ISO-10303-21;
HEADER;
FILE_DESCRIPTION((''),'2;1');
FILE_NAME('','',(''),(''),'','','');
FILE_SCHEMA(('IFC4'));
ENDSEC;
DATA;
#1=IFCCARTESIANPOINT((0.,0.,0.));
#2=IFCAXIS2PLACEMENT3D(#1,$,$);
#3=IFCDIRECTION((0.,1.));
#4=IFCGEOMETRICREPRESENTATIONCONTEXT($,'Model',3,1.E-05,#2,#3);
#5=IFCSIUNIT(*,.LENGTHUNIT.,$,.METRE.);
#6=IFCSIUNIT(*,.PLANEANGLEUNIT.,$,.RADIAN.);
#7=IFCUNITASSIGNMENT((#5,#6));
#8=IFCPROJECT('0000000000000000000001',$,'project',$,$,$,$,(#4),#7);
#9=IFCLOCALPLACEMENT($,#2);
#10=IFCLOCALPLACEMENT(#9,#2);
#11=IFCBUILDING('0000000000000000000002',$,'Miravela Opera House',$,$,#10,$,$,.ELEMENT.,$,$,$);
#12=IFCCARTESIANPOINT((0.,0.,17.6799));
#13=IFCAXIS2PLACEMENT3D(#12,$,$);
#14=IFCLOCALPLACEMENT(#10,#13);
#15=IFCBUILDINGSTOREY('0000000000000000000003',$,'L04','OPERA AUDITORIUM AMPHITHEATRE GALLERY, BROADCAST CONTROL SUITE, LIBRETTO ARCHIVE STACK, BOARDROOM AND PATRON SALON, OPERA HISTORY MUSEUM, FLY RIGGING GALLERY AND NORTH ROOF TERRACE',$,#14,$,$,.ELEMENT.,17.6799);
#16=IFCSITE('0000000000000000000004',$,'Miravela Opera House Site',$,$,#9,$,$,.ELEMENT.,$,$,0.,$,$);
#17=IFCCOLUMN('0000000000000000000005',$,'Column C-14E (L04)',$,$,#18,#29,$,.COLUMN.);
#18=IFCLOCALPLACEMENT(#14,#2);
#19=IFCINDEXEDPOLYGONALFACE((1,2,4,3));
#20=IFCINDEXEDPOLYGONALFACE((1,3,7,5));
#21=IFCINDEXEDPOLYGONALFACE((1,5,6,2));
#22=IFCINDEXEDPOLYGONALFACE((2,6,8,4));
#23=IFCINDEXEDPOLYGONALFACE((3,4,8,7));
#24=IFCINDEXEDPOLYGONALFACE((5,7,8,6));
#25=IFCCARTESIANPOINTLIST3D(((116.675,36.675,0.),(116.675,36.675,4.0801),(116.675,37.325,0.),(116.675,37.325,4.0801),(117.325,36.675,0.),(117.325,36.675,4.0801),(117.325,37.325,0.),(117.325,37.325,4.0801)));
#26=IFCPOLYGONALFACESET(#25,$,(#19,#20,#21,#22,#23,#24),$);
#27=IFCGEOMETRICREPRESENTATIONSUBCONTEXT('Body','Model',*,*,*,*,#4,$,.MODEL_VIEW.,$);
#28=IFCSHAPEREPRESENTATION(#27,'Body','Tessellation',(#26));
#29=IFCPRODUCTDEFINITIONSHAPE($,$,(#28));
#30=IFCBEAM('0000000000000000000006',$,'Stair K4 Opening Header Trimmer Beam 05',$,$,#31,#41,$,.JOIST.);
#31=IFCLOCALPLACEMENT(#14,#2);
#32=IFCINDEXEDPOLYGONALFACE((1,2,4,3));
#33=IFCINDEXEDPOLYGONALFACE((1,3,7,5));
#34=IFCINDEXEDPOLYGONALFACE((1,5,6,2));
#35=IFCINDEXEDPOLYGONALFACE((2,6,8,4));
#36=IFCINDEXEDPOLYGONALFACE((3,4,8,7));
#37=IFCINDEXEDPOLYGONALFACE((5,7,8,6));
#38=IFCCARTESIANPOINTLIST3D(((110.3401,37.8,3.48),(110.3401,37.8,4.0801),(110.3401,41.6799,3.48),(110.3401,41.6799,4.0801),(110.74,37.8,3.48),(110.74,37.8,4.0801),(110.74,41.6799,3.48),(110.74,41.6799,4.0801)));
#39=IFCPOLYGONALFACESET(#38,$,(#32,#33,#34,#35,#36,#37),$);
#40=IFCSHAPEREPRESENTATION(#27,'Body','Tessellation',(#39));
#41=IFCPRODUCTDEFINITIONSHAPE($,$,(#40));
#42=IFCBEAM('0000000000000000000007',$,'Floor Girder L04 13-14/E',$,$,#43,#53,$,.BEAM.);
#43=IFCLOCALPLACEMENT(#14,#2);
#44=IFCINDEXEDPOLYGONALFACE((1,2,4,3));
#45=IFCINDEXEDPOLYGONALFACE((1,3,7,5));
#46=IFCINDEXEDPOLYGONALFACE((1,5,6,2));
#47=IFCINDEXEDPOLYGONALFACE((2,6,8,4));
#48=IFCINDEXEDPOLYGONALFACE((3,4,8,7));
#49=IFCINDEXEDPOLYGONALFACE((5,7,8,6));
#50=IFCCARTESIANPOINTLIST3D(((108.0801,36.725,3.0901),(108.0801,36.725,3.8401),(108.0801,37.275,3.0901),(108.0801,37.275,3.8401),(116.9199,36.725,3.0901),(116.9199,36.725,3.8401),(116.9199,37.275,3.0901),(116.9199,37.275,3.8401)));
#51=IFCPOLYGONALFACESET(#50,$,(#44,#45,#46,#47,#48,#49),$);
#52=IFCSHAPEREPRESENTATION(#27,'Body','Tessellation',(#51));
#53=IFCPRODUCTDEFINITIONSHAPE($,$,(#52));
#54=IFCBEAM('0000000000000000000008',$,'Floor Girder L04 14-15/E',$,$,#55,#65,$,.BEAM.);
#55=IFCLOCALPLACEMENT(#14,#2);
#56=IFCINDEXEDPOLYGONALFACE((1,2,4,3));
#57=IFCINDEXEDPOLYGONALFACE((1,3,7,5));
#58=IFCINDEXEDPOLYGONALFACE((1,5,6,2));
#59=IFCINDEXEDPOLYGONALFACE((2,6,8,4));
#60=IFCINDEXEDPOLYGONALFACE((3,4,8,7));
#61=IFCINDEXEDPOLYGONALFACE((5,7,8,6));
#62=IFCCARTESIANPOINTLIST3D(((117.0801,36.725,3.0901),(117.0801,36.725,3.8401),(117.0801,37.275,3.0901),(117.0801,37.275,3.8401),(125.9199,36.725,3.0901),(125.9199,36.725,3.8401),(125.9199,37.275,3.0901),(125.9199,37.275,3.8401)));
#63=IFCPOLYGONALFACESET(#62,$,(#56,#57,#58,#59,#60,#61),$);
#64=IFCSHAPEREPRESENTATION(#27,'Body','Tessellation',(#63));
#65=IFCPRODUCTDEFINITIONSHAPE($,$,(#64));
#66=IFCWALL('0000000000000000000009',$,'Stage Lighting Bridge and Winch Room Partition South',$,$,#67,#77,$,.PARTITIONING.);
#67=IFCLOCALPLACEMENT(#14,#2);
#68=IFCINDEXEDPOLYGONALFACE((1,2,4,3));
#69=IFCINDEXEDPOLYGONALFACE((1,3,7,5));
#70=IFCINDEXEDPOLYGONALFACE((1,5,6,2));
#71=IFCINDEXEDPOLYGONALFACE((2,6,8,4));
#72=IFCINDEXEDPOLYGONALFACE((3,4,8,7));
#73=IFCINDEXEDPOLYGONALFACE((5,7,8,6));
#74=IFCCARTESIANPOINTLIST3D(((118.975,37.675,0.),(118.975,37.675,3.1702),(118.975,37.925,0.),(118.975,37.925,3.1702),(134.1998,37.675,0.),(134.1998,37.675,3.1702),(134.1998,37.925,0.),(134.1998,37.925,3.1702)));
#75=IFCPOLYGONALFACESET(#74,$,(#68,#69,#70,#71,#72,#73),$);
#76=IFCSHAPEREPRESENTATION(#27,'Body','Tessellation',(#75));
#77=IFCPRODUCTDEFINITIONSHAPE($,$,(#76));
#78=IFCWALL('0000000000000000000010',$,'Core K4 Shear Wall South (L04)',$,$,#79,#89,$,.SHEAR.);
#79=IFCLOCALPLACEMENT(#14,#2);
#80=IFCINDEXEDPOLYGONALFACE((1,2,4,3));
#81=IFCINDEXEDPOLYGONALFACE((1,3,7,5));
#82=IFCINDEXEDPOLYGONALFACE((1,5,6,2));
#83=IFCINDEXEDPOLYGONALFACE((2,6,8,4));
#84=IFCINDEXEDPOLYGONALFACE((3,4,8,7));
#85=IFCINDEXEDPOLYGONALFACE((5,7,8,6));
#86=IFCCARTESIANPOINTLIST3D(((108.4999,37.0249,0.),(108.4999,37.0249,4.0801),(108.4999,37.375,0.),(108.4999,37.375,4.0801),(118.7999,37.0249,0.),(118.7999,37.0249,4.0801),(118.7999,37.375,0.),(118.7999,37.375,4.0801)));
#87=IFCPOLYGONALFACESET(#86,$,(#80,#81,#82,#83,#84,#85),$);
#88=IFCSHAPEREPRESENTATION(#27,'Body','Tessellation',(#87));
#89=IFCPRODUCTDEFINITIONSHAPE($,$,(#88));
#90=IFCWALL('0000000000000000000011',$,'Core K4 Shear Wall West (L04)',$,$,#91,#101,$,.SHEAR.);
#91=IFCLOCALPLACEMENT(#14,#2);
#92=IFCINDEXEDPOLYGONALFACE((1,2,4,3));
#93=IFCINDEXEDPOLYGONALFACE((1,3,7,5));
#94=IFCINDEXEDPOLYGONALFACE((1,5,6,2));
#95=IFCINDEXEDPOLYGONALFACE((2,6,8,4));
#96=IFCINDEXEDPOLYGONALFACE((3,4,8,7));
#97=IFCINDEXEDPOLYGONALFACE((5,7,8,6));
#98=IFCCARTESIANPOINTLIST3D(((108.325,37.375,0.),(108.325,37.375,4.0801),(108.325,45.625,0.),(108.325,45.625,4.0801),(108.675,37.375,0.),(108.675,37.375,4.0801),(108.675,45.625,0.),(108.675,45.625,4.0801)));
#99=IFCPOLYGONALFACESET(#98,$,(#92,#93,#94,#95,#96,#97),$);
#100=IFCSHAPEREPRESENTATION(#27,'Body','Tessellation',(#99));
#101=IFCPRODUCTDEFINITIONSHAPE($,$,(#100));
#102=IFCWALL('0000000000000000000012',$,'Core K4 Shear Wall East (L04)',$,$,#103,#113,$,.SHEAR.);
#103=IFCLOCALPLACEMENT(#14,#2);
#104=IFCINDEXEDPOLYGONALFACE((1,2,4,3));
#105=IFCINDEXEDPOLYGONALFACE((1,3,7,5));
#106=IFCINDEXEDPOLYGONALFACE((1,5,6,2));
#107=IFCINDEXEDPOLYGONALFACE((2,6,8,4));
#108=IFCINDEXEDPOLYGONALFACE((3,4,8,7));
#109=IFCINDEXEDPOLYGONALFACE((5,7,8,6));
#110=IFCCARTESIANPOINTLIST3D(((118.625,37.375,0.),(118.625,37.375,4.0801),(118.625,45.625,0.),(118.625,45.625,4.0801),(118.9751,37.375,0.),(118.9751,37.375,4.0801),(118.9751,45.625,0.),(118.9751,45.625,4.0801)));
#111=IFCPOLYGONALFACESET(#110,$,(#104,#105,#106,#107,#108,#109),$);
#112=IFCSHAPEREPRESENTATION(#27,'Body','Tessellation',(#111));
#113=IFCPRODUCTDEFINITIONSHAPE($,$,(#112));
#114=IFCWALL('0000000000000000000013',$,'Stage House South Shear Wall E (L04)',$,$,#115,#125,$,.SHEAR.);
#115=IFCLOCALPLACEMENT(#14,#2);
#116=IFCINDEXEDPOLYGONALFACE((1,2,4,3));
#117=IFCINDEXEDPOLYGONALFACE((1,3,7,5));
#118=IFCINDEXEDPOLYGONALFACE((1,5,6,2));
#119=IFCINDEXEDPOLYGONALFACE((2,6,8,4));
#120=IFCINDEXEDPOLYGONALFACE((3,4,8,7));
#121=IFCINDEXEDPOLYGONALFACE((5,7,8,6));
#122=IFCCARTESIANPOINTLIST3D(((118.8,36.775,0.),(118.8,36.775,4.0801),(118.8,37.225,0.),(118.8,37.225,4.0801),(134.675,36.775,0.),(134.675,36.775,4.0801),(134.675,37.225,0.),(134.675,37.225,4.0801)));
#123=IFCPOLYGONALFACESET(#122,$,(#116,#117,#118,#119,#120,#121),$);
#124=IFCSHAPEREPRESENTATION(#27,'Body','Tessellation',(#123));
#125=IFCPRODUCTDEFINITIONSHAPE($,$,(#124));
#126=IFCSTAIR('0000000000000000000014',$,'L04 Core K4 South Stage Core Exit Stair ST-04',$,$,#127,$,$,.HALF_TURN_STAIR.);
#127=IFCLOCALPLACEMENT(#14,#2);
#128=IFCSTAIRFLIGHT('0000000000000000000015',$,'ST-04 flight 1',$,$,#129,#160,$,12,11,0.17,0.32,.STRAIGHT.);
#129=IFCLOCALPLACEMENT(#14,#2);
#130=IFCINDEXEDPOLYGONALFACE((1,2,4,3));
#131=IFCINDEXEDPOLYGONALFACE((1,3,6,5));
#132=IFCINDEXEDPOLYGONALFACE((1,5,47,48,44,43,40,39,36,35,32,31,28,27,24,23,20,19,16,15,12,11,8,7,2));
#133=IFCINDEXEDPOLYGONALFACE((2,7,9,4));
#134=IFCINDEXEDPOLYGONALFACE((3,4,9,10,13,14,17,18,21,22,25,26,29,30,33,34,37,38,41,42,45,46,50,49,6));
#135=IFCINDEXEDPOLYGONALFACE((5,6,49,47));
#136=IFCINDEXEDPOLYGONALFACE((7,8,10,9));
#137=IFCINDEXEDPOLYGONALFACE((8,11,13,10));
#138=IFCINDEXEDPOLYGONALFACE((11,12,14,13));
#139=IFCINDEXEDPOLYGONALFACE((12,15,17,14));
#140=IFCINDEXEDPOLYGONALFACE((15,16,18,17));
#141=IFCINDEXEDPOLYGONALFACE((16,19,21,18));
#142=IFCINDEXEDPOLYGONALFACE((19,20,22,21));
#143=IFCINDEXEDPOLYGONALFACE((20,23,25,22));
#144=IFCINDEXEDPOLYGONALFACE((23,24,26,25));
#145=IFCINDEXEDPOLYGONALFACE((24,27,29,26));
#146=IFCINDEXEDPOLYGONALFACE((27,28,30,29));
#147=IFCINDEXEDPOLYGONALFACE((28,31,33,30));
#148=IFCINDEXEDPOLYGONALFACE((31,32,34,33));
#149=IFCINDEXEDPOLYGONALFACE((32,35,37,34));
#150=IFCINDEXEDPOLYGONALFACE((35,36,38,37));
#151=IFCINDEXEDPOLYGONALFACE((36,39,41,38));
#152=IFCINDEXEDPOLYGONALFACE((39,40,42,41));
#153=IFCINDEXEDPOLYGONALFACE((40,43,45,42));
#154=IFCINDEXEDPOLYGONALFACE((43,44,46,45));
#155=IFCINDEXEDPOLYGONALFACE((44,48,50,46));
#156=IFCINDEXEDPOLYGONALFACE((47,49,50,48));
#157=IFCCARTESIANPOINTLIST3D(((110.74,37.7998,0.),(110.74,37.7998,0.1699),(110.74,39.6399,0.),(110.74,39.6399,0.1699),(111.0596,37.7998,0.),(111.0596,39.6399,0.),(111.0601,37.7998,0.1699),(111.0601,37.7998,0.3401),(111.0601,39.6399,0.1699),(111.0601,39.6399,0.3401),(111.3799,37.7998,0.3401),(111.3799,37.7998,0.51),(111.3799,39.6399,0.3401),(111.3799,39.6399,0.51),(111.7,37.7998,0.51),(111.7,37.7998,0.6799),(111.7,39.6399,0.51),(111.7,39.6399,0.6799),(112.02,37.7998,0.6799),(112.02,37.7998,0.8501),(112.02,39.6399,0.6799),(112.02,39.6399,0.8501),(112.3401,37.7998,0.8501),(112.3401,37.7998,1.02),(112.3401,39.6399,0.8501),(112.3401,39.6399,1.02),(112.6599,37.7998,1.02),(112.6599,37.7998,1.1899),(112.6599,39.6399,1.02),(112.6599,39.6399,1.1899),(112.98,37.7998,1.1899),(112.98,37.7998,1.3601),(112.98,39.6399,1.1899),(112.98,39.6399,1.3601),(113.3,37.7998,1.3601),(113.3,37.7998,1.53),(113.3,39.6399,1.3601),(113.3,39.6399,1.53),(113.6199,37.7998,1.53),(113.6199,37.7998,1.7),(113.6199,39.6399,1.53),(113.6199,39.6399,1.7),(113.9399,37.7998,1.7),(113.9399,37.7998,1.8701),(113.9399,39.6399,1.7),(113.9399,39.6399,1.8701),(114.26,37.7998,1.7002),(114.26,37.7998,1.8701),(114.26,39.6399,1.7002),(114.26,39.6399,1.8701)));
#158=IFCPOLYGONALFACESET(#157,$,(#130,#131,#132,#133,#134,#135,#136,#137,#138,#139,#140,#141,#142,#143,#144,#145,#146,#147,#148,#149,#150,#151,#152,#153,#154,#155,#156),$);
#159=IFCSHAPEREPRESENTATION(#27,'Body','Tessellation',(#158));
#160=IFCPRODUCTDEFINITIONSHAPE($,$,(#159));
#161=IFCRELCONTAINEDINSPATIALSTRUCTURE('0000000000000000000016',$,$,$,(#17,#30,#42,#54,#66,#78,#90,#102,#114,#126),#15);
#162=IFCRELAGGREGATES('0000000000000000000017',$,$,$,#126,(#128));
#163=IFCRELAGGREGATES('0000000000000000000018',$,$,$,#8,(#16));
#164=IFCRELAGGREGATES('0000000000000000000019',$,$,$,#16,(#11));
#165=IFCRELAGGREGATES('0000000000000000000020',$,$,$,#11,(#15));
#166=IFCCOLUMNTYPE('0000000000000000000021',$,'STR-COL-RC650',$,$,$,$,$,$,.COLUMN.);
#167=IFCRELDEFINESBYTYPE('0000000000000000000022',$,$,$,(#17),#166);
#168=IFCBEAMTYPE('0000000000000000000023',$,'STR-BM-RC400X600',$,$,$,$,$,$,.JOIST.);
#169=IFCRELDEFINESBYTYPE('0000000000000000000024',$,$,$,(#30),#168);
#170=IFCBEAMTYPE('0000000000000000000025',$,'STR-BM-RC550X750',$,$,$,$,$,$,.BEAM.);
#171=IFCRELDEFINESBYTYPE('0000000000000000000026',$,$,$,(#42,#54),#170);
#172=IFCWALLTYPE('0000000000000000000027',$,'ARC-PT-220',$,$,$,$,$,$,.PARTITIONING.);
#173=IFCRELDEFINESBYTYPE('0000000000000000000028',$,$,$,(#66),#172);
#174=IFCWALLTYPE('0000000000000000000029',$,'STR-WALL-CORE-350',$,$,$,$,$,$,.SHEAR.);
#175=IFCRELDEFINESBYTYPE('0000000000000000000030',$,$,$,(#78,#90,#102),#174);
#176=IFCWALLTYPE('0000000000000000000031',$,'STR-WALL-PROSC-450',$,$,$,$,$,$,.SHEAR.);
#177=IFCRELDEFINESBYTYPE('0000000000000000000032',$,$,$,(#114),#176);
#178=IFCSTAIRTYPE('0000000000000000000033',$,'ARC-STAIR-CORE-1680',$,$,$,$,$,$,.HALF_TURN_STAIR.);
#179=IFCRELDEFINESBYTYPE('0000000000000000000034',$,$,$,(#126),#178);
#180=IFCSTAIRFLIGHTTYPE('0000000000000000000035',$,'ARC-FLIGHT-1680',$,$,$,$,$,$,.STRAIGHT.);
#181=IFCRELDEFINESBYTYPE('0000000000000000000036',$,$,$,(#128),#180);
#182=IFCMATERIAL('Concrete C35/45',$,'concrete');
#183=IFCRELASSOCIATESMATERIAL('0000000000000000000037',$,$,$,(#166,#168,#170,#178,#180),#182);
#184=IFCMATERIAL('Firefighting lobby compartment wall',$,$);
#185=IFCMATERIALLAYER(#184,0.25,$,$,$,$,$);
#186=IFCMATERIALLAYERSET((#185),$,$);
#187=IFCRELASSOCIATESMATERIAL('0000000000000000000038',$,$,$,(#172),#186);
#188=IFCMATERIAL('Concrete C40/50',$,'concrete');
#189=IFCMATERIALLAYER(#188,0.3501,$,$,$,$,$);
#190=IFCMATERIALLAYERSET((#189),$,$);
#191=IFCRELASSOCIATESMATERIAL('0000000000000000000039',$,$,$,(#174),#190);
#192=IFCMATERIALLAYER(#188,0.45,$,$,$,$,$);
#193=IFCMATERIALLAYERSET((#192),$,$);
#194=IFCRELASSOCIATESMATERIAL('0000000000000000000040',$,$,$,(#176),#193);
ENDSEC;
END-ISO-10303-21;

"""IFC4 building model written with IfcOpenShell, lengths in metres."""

from ifc_helpers import new_model, si_unit, direction, frame, frame_2d, origin, origin_2d, place, context, subcontext, project, spatial, polyline, rectangle, outline, extrude, material, layer, layer_set, material_profile, profile_set, type_object, element, aggregate, save


model = new_model("IFC4")

# Units and contexts
model_context = context("Model", 3, precision=1e-05, world=origin(), true_north=direction((0.0, 1.0)))
body_context = subcontext(model_context, "Body", "Model", "MODEL_VIEW")
ifc_project = project(units=[si_unit("LENGTHUNIT", "METRE"), si_unit("PLANEANGLEUNIT", "RADIAN")], contexts=[model_context])

# Site, building, storey
site_placement = place(None, origin())
site = spatial("IfcSite", under=ifc_project, at=site_placement, Name="Miravela Opera House Site", CompositionType="ELEMENT", RefElevation=0.0)
building_placement = place(site_placement, origin())
building = spatial("IfcBuilding", under=site, at=building_placement, Name="Miravela Opera House", CompositionType="ELEMENT")
storey_placement = place(building_placement, frame((0.0, 0.0, 17.6799)))
storey = spatial("IfcBuildingStorey", under=building, at=storey_placement, Name="L04", Description="OPERA AUDITORIUM AMPHITHEATRE GALLERY, BROADCAST CONTROL SUITE, LIBRETTO ARCHIVE STACK, BOARDROOM AND PATRON SALON, OPERA HISTORY MUSEUM, FLY RIGGING GALLERY AND NORTH ROOF TERRACE", CompositionType="ELEMENT", Elevation=17.6799)

# Column
ifc_material_1 = material(Name="Concrete C35/45", Category="concrete")
ifc_material_profile_1 = material_profile(ifc_material_1, rectangle(XDim=0.6499, YDim=0.6499, at=origin_2d()), Name="RC-COL-650X650")
ifc_profile_set_1 = profile_set([ifc_material_profile_1])
column_type_1 = type_object("IfcColumnType", Name="STR-COL-RC650", PredefinedType="COLUMN", material=ifc_profile_set_1)
column_placement = place(storey_placement, frame((117.0, 37.0, 0.0), z_axis=(0.0, 0.0, 1.0), x_axis=(1.0, 0.0, 0.0)))
element("IfcColumn", 1, at=column_placement, inside=storey, type_object=column_type_1, Name="Column C-14E (L04)", PredefinedType="COLUMN", context=body_context, shape_type="SweptSolid", body=[
    extrude(rectangle(XDim=0.6499, YDim=0.6499, at=origin_2d()), origin(), (0.0, 0.0, 1.0), 4.0801),
])

# Beams
ifc_material_profile_2 = material_profile(ifc_material_1, rectangle(XDim=0.3999, YDim=0.6001, at=origin_2d()), Name="RC-BM-400X600")
ifc_profile_set_2 = profile_set([ifc_material_profile_2])
beam_type_1 = type_object("IfcBeamType", Name="STR-BM-RC400X600", PredefinedType="JOIST", material=ifc_profile_set_2)
beam_placement = place(storey_placement, frame((110.54, 37.8, 3.78), z_axis=(0.0, 1.0, 0.0), x_axis=(-1.0, 0.0, 0.0)))
element("IfcBeam", 2, at=beam_placement, inside=storey, type_object=beam_type_1, Name="Stair K4 Opening Header Trimmer Beam 05", PredefinedType="JOIST", context=body_context, shape_type="SweptSolid", body=[
    extrude(rectangle(XDim=0.3999, YDim=0.6001, at=origin_2d()), origin(), (0.0, 0.0, 1.0), 3.8799),
])
ifc_material_profile_3 = material_profile(ifc_material_1, rectangle(XDim=0.55, YDim=0.75, at=origin_2d()), Name="RC-BM-550X750")
ifc_profile_set_3 = profile_set([ifc_material_profile_3])
beam_type_2 = type_object("IfcBeamType", Name="STR-BM-RC550X750", PredefinedType="BEAM", material=ifc_profile_set_3)
for number, where, z_axis, x_axis, name in (
    (3, (108.0801, 37.0, 3.4651), (1.0, 0.0, 0.0), (0.0, 1.0, 0.0), "Floor Girder L04 13-14/E"),
    (4, (117.0801, 37.0, 3.4651), (1.0, 0.0, 0.0), (0.0, 1.0, 0.0), "Floor Girder L04 14-15/E"),
):
    element("IfcBeam", number, at=place(storey_placement, frame(where, z_axis=z_axis, x_axis=x_axis)), inside=storey, type_object=beam_type_2, Name=name, PredefinedType="BEAM", context=body_context, shape_type="SweptSolid", body=[
        extrude(rectangle(XDim=0.55, YDim=0.75, at=origin_2d()), origin(), (0.0, 0.0, 1.0), 8.8398),
    ])

# Walls
ifc_material_2 = material(Name="Firefighting lobby compartment wall")
ifc_layer_1 = layer(ifc_material_2, 0.25)
ifc_layer_set_1 = layer_set([ifc_layer_1])
wall_type_1 = type_object("IfcWallType", Name="ARC-PT-220", PredefinedType="PARTITIONING", material=ifc_layer_set_1)
wall_1_placement = place(storey_placement, frame((118.9751, 37.8, 0.0), z_axis=(0.0, 0.0, 1.0), x_axis=(1.0, 0.0, 0.0)))
element("IfcWall", 5, at=wall_1_placement, inside=storey, type_object=wall_type_1, Name="Stage Lighting Bridge and Winch Room Partition South", PredefinedType="PARTITIONING", context=body_context, shape_type="SweptSolid", body=[
    extrude(rectangle(XDim=15.2249, YDim=0.25, at=frame_2d((7.6123, 0.0))), origin(), (0.0, 0.0, 1.0), 3.1702),
])
ifc_material_3 = material(Name="Concrete C40/50", Category="concrete")
ifc_layer_2 = layer(ifc_material_3, 0.3501)
ifc_layer_set_2 = layer_set([ifc_layer_2])
wall_type_2 = type_object("IfcWallType", Name="STR-WALL-CORE-350", PredefinedType="SHEAR", material=ifc_layer_set_2)
wall_2_placement = place(storey_placement, frame((108.5, 37.2, 0.0), z_axis=(0.0, 0.0, 1.0), x_axis=(1.0, 0.0, 0.0)))
element("IfcWall", 6, at=wall_2_placement, inside=storey, type_object=wall_type_2, Name="Core K4 Shear Wall South (L04)", PredefinedType="SHEAR", context=body_context, shape_type="SweptSolid", body=[
    extrude(rectangle(XDim=10.3, YDim=0.3501, at=frame_2d((5.1499, 0.0))), origin(), (0.0, 0.0, 1.0), 4.0801),
])
for number, where, z_axis, x_axis, name in (
    (7, (108.5, 37.375, 0.0), (0.0, 0.0, 1.0), (0.0, 1.0, 0.0), "Core K4 Shear Wall West (L04)"),
    (8, (118.8, 37.375, 0.0), (0.0, 0.0, 1.0), (0.0, 1.0, 0.0), "Core K4 Shear Wall East (L04)"),
):
    element("IfcWall", number, at=place(storey_placement, frame(where, z_axis=z_axis, x_axis=x_axis)), inside=storey, type_object=wall_type_2, Name=name, PredefinedType="SHEAR", context=body_context, shape_type="SweptSolid", body=[
        extrude(rectangle(XDim=8.25, YDim=0.3501, at=frame_2d((4.125, 0.0))), origin(), (0.0, 0.0, 1.0), 4.0801),
    ])
ifc_layer_3 = layer(ifc_material_3, 0.45)
ifc_layer_set_3 = layer_set([ifc_layer_3])
wall_type_3 = type_object("IfcWallType", Name="STR-WALL-PROSC-450", PredefinedType="SHEAR", material=ifc_layer_set_3)
wall_3_placement = place(storey_placement, frame((118.8, 37.0, 0.0), z_axis=(0.0, 0.0, 1.0), x_axis=(1.0, 0.0, 0.0)))
element("IfcWall", 9, at=wall_3_placement, inside=storey, type_object=wall_type_3, Name="Stage House South Shear Wall E (L04)", PredefinedType="SHEAR", context=body_context, shape_type="SweptSolid", body=[
    extrude(rectangle(XDim=15.875, YDim=0.45, at=frame_2d((7.9375, 0.0))), origin(), (0.0, 0.0, 1.0), 4.0801),
])

# Stair, stair flight
stair_type = type_object("IfcStairType", Name="ARC-STAIR-CORE-1680", PredefinedType="HALF_TURN_STAIR", material=ifc_material_1)
stair_placement = place(storey_placement, origin())
stair = element("IfcStair", 10, at=stair_placement, inside=storey, type_object=stair_type, Name="L04 Core K4 South Stage Core Exit Stair ST-04", PredefinedType="HALF_TURN_STAIR")
stair_flight_type = type_object("IfcStairFlightType", Name="ARC-FLIGHT-1680", PredefinedType="STRAIGHT", material=ifc_material_1)
stair_flight_1_placement = place(storey_placement, frame((110.74, 38.72, 0.0), z_axis=(0.0, 0.0, 1.0), x_axis=(1.0, 0.0, 0.0)))
stair_flight_1 = element("IfcStairFlight", 11, at=stair_flight_1_placement, type_object=stair_flight_type, Name="ST-04 flight 1", NumberOfRisers=12, NumberOfTreads=11, PredefinedType="STRAIGHT", RiserHeight=0.17, TreadLength=0.32, context=body_context, shape_type="SweptSolid", body=[
    extrude(outline(polyline([(0.0, 0.0), (0.0, 0.1699), (0.3201, 0.1699), (0.3201, 0.3401), (0.6399, 0.3401), (0.6399, 0.51), (0.96, 0.51), (0.96, 0.6799), (1.28, 0.6799), (1.28, 0.8501), (1.6001, 0.8501), (1.6001, 1.02), (1.9199, 1.02), (1.9199, 1.1899), (2.24, 1.1899), (2.24, 1.3601), (2.5601, 1.3601), (2.5601, 1.53), (2.8799, 1.53), (2.8799, 1.7), (3.2, 1.7), (3.2, 1.8701), (3.52, 1.8701), (3.52, 2.04), (3.52, 1.7002), (0.3196, 0.0), (0.0, 0.0)])), frame((0.0, 0.9199, 0.0), z_axis=(0.0, -1.0, 0.0), x_axis=(1.0, 0.0, 0.0)), (0.0, 0.0, 1.0), 1.8401),
])
aggregate(stair, [stair_flight_1])

save(model, "model.ifc")
